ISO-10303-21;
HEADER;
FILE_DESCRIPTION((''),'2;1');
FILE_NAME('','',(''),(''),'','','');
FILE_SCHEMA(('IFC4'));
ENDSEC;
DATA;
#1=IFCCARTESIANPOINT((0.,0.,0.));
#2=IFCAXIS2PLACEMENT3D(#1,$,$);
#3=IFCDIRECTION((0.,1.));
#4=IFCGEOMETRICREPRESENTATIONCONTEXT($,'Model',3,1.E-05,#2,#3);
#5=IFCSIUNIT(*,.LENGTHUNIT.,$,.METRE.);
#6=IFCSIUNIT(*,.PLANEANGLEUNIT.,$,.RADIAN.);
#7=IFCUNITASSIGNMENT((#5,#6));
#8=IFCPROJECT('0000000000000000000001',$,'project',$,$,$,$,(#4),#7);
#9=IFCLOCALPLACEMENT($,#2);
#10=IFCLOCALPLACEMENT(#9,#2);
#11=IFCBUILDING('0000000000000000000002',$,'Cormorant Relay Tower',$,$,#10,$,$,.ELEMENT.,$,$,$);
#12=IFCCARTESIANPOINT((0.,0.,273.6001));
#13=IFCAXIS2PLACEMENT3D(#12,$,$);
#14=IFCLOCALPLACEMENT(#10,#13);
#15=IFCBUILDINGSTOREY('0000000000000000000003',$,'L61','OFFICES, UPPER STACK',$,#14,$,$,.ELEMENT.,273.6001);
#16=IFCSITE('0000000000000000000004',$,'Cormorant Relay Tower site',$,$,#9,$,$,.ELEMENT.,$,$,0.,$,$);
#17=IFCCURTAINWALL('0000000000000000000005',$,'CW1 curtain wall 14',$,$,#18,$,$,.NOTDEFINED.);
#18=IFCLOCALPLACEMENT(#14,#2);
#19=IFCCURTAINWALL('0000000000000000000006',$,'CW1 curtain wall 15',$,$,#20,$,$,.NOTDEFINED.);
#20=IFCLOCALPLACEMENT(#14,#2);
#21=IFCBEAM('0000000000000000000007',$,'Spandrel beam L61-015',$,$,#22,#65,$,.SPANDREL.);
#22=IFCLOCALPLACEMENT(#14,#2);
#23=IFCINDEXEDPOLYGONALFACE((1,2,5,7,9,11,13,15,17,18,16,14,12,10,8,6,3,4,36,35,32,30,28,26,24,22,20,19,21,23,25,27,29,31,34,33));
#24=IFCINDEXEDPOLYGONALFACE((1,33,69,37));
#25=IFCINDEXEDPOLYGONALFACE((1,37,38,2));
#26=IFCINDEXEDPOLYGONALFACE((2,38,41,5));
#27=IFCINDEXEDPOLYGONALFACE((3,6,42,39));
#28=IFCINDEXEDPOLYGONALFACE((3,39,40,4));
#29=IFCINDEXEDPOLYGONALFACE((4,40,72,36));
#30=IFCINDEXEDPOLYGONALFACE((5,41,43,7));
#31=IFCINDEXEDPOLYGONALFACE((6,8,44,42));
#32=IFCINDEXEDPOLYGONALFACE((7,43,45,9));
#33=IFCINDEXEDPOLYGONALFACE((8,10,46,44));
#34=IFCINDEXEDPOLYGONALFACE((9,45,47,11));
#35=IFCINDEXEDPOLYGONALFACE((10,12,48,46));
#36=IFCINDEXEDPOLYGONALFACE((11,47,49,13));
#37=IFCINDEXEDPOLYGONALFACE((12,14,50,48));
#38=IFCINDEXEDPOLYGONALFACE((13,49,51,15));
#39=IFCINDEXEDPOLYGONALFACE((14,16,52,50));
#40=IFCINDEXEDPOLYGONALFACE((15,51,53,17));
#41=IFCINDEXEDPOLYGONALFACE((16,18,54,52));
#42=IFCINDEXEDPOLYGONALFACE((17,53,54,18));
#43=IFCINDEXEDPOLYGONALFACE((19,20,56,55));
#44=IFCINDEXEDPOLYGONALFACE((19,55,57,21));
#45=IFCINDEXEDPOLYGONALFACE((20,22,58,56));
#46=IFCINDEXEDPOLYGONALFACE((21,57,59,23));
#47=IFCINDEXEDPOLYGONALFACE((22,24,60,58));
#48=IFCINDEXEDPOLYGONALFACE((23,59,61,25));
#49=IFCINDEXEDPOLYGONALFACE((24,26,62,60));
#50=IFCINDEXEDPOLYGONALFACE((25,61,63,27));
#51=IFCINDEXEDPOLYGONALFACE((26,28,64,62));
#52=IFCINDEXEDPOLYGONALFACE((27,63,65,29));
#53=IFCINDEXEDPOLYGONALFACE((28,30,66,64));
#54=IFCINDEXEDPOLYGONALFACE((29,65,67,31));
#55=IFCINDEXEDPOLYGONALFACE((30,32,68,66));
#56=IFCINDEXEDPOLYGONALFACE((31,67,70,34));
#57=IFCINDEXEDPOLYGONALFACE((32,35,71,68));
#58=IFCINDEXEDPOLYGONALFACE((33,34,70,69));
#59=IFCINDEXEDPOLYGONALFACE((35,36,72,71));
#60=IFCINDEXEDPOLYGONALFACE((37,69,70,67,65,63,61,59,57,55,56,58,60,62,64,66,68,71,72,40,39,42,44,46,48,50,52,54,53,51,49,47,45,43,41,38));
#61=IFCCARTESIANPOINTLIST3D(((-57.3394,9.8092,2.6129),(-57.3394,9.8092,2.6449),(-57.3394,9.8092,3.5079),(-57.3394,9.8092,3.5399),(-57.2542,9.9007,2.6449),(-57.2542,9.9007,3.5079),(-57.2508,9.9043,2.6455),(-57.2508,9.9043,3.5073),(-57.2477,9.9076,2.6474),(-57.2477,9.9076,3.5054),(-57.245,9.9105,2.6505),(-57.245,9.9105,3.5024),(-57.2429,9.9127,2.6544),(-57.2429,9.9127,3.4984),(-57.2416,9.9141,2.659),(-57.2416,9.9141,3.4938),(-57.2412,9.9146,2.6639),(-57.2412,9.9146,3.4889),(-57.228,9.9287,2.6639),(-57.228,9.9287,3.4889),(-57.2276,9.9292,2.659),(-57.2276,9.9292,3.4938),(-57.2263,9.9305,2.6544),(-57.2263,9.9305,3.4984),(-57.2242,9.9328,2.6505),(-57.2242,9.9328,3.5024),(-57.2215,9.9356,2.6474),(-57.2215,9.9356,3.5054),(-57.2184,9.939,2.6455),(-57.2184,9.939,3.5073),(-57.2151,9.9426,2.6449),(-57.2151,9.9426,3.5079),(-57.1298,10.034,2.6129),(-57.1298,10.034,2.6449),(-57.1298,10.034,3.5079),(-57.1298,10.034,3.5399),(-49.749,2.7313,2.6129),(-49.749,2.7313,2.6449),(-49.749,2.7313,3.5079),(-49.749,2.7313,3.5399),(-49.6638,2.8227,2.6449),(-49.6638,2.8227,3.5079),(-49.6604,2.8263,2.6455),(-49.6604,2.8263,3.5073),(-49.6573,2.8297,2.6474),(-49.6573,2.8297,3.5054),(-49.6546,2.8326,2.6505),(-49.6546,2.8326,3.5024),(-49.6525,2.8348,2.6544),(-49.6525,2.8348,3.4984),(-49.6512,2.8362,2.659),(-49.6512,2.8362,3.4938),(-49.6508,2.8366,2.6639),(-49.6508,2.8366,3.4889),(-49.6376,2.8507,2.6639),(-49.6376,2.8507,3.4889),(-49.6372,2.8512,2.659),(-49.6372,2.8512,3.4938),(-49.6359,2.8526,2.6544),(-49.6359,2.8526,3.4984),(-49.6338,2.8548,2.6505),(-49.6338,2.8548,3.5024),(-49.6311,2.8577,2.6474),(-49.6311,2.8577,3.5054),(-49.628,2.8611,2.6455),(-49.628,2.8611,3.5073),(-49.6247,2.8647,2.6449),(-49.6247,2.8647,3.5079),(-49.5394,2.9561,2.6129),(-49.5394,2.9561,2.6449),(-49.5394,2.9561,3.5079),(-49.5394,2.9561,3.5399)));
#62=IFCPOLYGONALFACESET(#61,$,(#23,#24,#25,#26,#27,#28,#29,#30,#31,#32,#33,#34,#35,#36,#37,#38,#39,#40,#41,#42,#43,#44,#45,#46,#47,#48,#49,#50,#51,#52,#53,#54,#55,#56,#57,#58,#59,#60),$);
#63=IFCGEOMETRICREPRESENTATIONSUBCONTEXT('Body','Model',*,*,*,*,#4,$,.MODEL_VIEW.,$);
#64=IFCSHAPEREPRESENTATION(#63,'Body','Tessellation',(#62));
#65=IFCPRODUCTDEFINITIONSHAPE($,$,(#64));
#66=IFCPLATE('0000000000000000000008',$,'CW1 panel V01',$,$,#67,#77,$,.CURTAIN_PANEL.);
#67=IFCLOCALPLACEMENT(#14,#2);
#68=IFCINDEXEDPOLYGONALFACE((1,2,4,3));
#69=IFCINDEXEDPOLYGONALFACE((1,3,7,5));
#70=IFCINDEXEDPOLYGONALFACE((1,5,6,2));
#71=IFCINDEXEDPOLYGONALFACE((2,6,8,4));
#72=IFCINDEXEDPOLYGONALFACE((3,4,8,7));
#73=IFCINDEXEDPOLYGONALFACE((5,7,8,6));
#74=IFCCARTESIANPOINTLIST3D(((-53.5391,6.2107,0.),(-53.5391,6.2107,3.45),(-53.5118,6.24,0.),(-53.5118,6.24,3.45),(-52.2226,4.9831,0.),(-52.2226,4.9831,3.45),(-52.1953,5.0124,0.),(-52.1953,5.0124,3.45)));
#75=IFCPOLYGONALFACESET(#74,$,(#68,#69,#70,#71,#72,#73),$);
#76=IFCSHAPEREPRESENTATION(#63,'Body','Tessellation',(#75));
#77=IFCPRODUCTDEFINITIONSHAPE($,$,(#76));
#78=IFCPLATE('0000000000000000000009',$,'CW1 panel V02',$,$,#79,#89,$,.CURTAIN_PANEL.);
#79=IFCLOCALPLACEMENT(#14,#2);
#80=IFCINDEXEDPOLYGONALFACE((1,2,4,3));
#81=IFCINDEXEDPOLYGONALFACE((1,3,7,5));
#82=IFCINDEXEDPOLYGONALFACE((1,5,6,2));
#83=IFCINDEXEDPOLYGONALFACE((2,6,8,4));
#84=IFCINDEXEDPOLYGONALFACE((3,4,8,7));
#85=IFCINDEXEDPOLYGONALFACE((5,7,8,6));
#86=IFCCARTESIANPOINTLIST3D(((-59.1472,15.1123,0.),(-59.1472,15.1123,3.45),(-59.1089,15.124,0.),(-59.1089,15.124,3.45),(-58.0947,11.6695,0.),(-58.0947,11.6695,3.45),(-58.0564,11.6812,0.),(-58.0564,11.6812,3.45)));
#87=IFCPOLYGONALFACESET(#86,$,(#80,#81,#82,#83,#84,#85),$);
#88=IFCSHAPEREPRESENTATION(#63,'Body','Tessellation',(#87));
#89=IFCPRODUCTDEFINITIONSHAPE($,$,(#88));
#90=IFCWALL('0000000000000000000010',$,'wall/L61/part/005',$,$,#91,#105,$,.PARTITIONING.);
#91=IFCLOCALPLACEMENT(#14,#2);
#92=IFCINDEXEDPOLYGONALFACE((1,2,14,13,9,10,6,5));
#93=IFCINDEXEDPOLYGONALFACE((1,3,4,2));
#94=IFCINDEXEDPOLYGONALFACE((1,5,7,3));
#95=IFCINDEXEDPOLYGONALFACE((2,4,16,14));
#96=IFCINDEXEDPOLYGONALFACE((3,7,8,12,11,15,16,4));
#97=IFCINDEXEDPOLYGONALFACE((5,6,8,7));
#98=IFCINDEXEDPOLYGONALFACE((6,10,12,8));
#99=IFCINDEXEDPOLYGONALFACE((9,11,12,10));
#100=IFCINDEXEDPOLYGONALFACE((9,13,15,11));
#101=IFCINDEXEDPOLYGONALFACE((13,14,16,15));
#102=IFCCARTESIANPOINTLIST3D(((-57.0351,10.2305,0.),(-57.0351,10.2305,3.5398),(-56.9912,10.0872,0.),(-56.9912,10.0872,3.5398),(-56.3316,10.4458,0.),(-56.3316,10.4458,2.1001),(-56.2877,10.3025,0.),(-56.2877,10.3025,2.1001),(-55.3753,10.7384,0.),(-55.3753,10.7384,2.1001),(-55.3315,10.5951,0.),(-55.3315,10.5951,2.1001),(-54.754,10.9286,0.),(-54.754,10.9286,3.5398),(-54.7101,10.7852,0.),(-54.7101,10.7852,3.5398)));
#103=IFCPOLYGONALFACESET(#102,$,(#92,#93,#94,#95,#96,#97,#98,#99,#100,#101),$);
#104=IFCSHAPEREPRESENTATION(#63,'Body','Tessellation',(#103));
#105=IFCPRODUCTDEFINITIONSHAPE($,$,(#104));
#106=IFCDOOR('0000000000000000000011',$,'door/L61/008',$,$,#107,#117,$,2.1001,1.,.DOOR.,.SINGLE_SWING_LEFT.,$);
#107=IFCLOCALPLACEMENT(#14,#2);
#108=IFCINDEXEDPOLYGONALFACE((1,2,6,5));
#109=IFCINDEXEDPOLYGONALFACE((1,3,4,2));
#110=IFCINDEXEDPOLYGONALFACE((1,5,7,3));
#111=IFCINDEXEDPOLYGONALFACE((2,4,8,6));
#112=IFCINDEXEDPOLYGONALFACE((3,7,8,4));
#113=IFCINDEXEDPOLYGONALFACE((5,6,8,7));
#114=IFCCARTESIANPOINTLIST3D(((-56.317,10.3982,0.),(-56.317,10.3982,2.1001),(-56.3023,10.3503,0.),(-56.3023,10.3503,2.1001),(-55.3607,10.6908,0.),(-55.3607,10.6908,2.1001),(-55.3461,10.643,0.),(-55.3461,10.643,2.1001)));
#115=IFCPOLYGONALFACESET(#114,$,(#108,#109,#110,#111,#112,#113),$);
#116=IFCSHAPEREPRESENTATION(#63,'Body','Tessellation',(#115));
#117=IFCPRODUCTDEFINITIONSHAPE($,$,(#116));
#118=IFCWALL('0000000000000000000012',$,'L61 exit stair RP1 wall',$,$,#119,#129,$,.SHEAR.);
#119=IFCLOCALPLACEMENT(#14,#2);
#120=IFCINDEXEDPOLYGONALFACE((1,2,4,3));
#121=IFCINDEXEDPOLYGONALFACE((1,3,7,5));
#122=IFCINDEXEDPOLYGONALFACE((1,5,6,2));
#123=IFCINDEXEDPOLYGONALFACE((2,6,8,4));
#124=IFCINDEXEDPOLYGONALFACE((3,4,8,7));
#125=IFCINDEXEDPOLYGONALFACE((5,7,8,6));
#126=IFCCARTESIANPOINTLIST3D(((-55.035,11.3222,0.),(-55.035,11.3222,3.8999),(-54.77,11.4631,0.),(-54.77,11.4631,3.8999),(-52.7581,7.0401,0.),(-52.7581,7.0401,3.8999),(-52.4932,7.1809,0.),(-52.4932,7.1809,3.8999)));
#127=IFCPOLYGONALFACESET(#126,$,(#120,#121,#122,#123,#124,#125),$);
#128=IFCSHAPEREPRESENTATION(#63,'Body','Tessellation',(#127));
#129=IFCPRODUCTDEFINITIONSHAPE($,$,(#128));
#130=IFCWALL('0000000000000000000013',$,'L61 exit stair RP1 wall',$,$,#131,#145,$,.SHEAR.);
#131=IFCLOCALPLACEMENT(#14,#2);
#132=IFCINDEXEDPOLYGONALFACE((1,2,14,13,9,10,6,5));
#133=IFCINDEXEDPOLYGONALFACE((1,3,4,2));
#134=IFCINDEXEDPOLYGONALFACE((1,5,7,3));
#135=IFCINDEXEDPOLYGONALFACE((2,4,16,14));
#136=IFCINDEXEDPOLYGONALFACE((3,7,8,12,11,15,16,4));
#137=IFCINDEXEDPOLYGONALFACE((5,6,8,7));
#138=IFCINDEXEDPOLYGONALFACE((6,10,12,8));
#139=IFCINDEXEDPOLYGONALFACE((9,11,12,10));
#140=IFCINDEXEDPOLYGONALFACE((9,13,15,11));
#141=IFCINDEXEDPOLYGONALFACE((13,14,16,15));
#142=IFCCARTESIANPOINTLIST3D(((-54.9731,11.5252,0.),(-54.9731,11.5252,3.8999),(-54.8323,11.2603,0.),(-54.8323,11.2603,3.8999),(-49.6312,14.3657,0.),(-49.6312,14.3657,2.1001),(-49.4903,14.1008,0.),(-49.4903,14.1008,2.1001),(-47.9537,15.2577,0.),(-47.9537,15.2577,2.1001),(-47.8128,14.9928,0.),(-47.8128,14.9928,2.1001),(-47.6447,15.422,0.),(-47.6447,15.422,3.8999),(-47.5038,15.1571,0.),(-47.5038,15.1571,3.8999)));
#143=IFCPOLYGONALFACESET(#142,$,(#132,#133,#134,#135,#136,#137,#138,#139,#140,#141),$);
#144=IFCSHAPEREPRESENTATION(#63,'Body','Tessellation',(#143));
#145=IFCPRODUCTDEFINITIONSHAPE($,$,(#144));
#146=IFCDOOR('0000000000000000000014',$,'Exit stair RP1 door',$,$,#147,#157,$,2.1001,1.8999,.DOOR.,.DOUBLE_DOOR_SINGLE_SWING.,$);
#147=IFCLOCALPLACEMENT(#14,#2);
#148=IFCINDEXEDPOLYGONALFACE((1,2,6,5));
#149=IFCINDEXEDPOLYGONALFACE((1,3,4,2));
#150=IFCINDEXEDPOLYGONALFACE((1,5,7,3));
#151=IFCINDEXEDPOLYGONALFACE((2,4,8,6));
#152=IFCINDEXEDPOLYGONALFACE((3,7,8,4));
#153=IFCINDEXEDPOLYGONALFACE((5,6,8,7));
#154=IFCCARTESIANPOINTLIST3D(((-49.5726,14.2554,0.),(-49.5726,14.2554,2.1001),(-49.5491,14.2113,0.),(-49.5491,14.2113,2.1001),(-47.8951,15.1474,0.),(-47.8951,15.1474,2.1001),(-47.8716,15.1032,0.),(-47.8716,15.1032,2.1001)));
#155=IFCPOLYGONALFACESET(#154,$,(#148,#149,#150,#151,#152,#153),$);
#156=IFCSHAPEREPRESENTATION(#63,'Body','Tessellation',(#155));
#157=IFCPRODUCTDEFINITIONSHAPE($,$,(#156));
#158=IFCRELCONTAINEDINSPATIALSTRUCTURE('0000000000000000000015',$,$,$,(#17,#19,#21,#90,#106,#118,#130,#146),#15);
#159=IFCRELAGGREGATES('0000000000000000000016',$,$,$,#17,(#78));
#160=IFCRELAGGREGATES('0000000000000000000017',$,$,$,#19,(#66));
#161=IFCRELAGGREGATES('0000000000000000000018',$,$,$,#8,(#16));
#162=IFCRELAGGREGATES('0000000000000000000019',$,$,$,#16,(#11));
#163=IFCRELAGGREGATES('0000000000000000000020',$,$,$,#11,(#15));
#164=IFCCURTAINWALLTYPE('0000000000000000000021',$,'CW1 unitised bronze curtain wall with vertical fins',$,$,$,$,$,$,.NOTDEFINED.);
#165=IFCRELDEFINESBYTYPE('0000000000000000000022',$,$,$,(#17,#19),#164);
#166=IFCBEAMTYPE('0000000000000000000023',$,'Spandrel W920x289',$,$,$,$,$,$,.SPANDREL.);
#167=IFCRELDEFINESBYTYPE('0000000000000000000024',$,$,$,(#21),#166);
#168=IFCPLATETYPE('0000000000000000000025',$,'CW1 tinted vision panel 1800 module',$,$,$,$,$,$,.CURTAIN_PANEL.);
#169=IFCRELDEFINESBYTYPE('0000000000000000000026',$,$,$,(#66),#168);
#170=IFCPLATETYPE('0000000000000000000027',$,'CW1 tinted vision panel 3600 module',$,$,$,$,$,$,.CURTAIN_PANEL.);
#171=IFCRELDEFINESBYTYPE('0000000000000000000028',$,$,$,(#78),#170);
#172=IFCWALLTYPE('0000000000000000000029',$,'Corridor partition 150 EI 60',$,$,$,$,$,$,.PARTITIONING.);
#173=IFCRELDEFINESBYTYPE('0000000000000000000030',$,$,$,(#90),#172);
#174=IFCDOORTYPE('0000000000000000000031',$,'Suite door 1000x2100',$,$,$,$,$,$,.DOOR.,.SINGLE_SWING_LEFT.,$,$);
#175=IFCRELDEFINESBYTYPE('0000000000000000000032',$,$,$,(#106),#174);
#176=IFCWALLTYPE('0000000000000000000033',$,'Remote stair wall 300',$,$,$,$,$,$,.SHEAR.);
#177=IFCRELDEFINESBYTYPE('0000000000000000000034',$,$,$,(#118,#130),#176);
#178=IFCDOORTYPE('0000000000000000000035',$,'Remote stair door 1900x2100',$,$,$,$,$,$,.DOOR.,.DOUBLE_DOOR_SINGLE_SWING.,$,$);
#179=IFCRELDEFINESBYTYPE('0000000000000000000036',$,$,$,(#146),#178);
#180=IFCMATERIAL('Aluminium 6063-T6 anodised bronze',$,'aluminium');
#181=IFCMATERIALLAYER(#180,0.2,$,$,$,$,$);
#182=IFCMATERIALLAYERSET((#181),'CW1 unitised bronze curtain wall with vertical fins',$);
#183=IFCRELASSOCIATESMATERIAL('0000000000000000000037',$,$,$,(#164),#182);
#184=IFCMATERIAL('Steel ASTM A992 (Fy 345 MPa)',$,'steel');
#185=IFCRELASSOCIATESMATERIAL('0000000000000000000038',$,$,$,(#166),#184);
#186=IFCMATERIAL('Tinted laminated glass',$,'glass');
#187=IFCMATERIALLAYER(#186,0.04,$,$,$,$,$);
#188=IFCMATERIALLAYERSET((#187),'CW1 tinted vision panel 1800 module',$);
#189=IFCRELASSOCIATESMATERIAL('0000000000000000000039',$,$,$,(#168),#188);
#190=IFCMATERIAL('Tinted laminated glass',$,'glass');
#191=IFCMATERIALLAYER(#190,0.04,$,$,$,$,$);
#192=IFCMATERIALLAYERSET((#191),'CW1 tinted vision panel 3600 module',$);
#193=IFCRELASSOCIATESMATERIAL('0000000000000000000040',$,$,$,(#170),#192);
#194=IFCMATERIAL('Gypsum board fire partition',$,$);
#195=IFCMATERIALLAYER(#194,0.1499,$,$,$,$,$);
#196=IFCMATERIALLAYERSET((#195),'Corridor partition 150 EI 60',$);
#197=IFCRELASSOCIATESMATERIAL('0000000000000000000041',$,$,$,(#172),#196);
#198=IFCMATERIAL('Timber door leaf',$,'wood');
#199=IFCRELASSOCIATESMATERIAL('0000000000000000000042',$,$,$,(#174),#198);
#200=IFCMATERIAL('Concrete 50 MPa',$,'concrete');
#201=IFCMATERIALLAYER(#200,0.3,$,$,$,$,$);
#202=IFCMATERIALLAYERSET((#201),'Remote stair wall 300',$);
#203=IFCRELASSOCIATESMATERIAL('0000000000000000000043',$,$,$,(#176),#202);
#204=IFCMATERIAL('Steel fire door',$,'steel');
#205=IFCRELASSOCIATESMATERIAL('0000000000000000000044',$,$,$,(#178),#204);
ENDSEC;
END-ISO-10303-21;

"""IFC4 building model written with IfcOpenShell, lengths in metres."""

from ifc_helpers import new_model, si_unit, direction, frame, frame_2d, origin, origin_2d, place, context, subcontext, project, spatial, rectangle, i_section, extrude, material, layer, layer_set, material_profile, profile_set, type_object, element, fill, aggregate, save


model = new_model("IFC4")

# Units and contexts
model_context = context("Model", 3, precision=1e-05, world=origin(), true_north=direction((0.0, 1.0)))
body_context = subcontext(model_context, "Body", "Model", "MODEL_VIEW")
ifc_project = project(units=[si_unit("LENGTHUNIT", "METRE"), si_unit("PLANEANGLEUNIT", "RADIAN")], contexts=[model_context])

# Site, building, storey
site_placement = place(None, origin())
site = spatial("IfcSite", under=ifc_project, at=site_placement, Name="Cormorant Relay Tower site", CompositionType="ELEMENT", RefElevation=0.0)
building_placement = place(site_placement, origin())
building = spatial("IfcBuilding", under=site, at=building_placement, Name="Cormorant Relay Tower", CompositionType="ELEMENT")
storey_placement = place(building_placement, frame((0.0, 0.0, 273.6001)))
storey = spatial("IfcBuildingStorey", under=building, at=storey_placement, Name="L61", Description="OFFICES, UPPER STACK", CompositionType="ELEMENT", Elevation=273.6001)

# Curtain wall
ifc_material_1 = material(Name="Aluminium 6063-T6 anodised bronze", Category="aluminium")
ifc_layer_1 = layer(ifc_material_1, 0.2)
ifc_layer_set_1 = layer_set([ifc_layer_1], Name="CW1 unitised bronze curtain wall with vertical fins")
curtain_wall_type = type_object("IfcCurtainWallType", Name="CW1 unitised bronze curtain wall with vertical fins", PredefinedType="NOTDEFINED", material=ifc_layer_set_1)
curtain_wall_1_placement = place(storey_placement, origin())
curtain_wall_1 = element("IfcCurtainWall", 1, at=curtain_wall_1_placement, inside=storey, type_object=curtain_wall_type, Name="CW1 curtain wall 14", PredefinedType="NOTDEFINED")

# Curtain wall
curtain_wall_2_placement = place(storey_placement, origin())
curtain_wall_2 = element("IfcCurtainWall", 2, at=curtain_wall_2_placement, inside=storey, type_object=curtain_wall_type, Name="CW1 curtain wall 15", PredefinedType="NOTDEFINED")

# Beam
ifc_material_2 = material(Name="Steel ASTM A992 (Fy 345 MPa)", Category="steel")
ifc_material_profile_1 = material_profile(ifc_material_2, i_section(OverallWidth=0.3074, OverallDepth=0.927, WebThickness=0.0193, FlangeThickness=0.032, FilletRadius=0.019, at=origin_2d()), Name="W920x289")
ifc_profile_set_1 = profile_set([ifc_material_profile_1], Name="Steel ASTM A992 (Fy 345 MPa)")
beam_type = type_object("IfcBeamType", Name="Spandrel W920x289", PredefinedType="SPANDREL", material=ifc_profile_set_1)
beam_placement = place(storey_placement, frame((-57.2346, 9.9216, 3.0764), z_axis=(0.731364, -0.681987, 0.0), x_axis=(0.681987, 0.731364, 0.0)))
element("IfcBeam", 3, at=beam_placement, inside=storey, type_object=beam_type, Name="Spandrel beam L61-015", PredefinedType="SPANDREL", context=body_context, shape_type="SweptSolid", body=[
    extrude(i_section(OverallWidth=0.3074, OverallDepth=0.927, WebThickness=0.0193, FlangeThickness=0.032, FilletRadius=0.019, at=origin_2d()), origin(), (0.0, 0.0, 1.0), 10.3784),
])

# Plates
ifc_material_3 = material(Name="Tinted laminated glass", Category="glass")
ifc_layer_2 = layer(ifc_material_3, 0.04)
ifc_layer_set_2 = layer_set([ifc_layer_2], Name="CW1 tinted vision panel 1800 module")
plate_type_1 = type_object("IfcPlateType", Name="CW1 tinted vision panel 1800 module", PredefinedType="CURTAIN_PANEL", material=ifc_layer_set_2)
plate_1_placement = place(storey_placement, frame((-52.8672, 5.6116, 0.0), z_axis=(0.0, 0.0, 1.0), x_axis=(0.731354, -0.681998, 0.0)))
plate_1 = element("IfcPlate", 4, at=plate_1_placement, type_object=plate_type_1, Name="CW1 panel V01", PredefinedType="CURTAIN_PANEL", context=body_context, shape_type="SweptSolid", body=[
    extrude(rectangle(XDim=1.8, YDim=0.04, at=origin_2d()), origin(), (0.0, 0.0, 1.0), 3.45),
])
ifc_material_4 = material(Name="Tinted laminated glass", Category="glass")
ifc_layer_3 = layer(ifc_material_4, 0.04)
ifc_layer_set_3 = layer_set([ifc_layer_3], Name="CW1 tinted vision panel 3600 module")
plate_type_2 = type_object("IfcPlateType", Name="CW1 tinted vision panel 3600 module", PredefinedType="CURTAIN_PANEL", material=ifc_layer_set_3)
plate_2_placement = place(storey_placement, frame((-58.6018, 13.3967, 0.0), z_axis=(0.0, 0.0, 1.0), x_axis=(0.292372, -0.956305, 0.0)))
plate_2 = element("IfcPlate", 5, at=plate_2_placement, type_object=plate_type_2, Name="CW1 panel V02", PredefinedType="CURTAIN_PANEL", context=body_context, shape_type="SweptSolid", body=[
    extrude(rectangle(XDim=3.6001, YDim=0.04, at=origin_2d()), origin(), (0.0, 0.0, 1.0), 3.45),
])

# Wall, opening, door
ifc_material_5 = material(Name="Gypsum board fire partition")
ifc_layer_4 = layer(ifc_material_5, 0.1499)
ifc_layer_set_4 = layer_set([ifc_layer_4], Name="Corridor partition 150 EI 60")
wall_type_1 = type_object("IfcWallType", Name="Corridor partition 150 EI 60", PredefinedType="PARTITIONING", material=ifc_layer_set_4)
wall_1_placement = place(storey_placement, frame((-54.7319, 10.8569, 0.0), z_axis=(0.0, 0.0, 1.0), x_axis=(-0.956232, -0.292611, 0.0)))
wall_1 = element("IfcWall", 6, at=wall_1_placement, inside=storey, type_object=wall_type_1, Name="wall/L61/part/005", PredefinedType="PARTITIONING", context=body_context, shape_type="SweptSolid", body=[
    extrude(rectangle(XDim=2.3855, YDim=0.1499, at=frame_2d((1.1929, 0.0))), origin(), (0.0, 0.0, 1.0), 3.5398),
])
opening_1_placement = place(wall_1_placement, frame((0.6499, 0.0, 0.0)))
opening_1 = element("IfcOpeningElement", 7, at=opening_1_placement, cuts=wall_1, PredefinedType="OPENING", context=body_context, shape_type="SweptSolid", body=[
    extrude(rectangle(XDim=1.0, YDim=2.1001, at=frame_2d((0.5, 1.05))), frame((0.0, 0.085, 0.0), z_axis=(0.0, -1.0, 0.0), x_axis=(1.0, 0.0, 0.0)), (0.0, 0.0, 1.0), 0.1699),
])
ifc_material_6 = material(Name="Timber door leaf", Category="wood")
door_type_1 = type_object("IfcDoorType", Name="Suite door 1000x2100", OperationType="SINGLE_SWING_LEFT", PredefinedType="DOOR", material=ifc_material_6)
door_1_placement = place(opening_1_placement, origin())
door_1 = element("IfcDoor", 8, at=door_1_placement, inside=storey, type_object=door_type_1, Name="door/L61/008", OperationType="SINGLE_SWING_LEFT", OverallHeight=2.1001, OverallWidth=1.0, PredefinedType="DOOR", context=body_context, shape_type="SweptSolid", body=[
    extrude(rectangle(XDim=1.0, YDim=2.1001, at=frame_2d((0.5, 1.05))), frame((0.0, 0.0249, 0.0), z_axis=(0.0, -1.0, 0.0), x_axis=(1.0, 0.0, 0.0)), (0.0, 0.0, 1.0), 0.05),
])
fill(opening_1, door_1)

# Wall
ifc_material_7 = material(Name="Concrete 50 MPa", Category="concrete")
ifc_layer_5 = layer(ifc_material_7, 0.3)
ifc_layer_set_5 = layer_set([ifc_layer_5], Name="Remote stair wall 300")
wall_type_2 = type_object("IfcWallType", Name="Remote stair wall 300", PredefinedType="SHEAR", material=ifc_layer_set_5)
wall_2_placement = place(storey_placement, frame((-52.6257, 7.1106, 0.0), z_axis=(0.0, 0.0, 1.0), x_axis=(-0.469464, 0.882951, 0.0)))
element("IfcWall", 9, at=wall_2_placement, inside=storey, type_object=wall_type_2, Name="L61 exit stair RP1 wall", PredefinedType="SHEAR", context=body_context, shape_type="SweptSolid", body=[
    extrude(rectangle(XDim=4.8499, YDim=0.3, at=frame_2d((2.4248, 0.0))), origin(), (0.0, 0.0, 1.0), 3.8999),
])

# Wall, opening, door
wall_3_placement = place(storey_placement, frame((-54.9026, 11.3928, 0.0), z_axis=(0.0, 0.0, 1.0), x_axis=(0.882939, 0.469487, 0.0)))
wall_3 = element("IfcWall", 10, at=wall_3_placement, inside=storey, type_object=wall_type_2, Name="L61 exit stair RP1 wall", PredefinedType="SHEAR", context=body_context, shape_type="SweptSolid", body=[
    extrude(rectangle(XDim=8.3, YDim=0.3, at=frame_2d((4.1499, 0.0))), origin(), (0.0, 0.0, 1.0), 3.8999),
])
opening_2_placement = place(wall_3_placement, frame((6.05, 0.0, 0.0)))
opening_2 = element("IfcOpeningElement", 11, at=opening_2_placement, cuts=wall_3, PredefinedType="OPENING", context=body_context, shape_type="SweptSolid", body=[
    extrude(rectangle(XDim=1.8999, YDim=2.1001, at=frame_2d((0.95, 1.05))), frame((0.0, 0.1599, 0.0), z_axis=(0.0, -1.0, 0.0), x_axis=(1.0, 0.0, 0.0)), (0.0, 0.0, 1.0), 0.3201),
])
ifc_material_8 = material(Name="Steel fire door", Category="steel")
door_type_2 = type_object("IfcDoorType", Name="Remote stair door 1900x2100", OperationType="DOUBLE_DOOR_SINGLE_SWING", PredefinedType="DOOR", material=ifc_material_8)
door_2_placement = place(opening_2_placement, frame((1.8999, 0.0, 0.0), z_axis=(0.0, 0.0, 1.0), x_axis=(-1.0, 0.0, 0.0)))
door_2 = element("IfcDoor", 12, at=door_2_placement, inside=storey, type_object=door_type_2, Name="Exit stair RP1 door", OperationType="DOUBLE_DOOR_SINGLE_SWING", OverallHeight=2.1001, OverallWidth=1.8999, PredefinedType="DOOR", context=body_context, shape_type="SweptSolid", body=[
    extrude(rectangle(XDim=1.8999, YDim=2.1001, at=frame_2d((0.95, 1.05))), frame((0.0, 0.0249, 0.0), z_axis=(0.0, -1.0, 0.0), x_axis=(1.0, 0.0, 0.0)), (0.0, 0.0, 1.0), 0.05),
])
fill(opening_2, door_2)

aggregate(curtain_wall_1, [plate_2])
aggregate(curtain_wall_2, [plate_1])

save(model, "model.ifc")
